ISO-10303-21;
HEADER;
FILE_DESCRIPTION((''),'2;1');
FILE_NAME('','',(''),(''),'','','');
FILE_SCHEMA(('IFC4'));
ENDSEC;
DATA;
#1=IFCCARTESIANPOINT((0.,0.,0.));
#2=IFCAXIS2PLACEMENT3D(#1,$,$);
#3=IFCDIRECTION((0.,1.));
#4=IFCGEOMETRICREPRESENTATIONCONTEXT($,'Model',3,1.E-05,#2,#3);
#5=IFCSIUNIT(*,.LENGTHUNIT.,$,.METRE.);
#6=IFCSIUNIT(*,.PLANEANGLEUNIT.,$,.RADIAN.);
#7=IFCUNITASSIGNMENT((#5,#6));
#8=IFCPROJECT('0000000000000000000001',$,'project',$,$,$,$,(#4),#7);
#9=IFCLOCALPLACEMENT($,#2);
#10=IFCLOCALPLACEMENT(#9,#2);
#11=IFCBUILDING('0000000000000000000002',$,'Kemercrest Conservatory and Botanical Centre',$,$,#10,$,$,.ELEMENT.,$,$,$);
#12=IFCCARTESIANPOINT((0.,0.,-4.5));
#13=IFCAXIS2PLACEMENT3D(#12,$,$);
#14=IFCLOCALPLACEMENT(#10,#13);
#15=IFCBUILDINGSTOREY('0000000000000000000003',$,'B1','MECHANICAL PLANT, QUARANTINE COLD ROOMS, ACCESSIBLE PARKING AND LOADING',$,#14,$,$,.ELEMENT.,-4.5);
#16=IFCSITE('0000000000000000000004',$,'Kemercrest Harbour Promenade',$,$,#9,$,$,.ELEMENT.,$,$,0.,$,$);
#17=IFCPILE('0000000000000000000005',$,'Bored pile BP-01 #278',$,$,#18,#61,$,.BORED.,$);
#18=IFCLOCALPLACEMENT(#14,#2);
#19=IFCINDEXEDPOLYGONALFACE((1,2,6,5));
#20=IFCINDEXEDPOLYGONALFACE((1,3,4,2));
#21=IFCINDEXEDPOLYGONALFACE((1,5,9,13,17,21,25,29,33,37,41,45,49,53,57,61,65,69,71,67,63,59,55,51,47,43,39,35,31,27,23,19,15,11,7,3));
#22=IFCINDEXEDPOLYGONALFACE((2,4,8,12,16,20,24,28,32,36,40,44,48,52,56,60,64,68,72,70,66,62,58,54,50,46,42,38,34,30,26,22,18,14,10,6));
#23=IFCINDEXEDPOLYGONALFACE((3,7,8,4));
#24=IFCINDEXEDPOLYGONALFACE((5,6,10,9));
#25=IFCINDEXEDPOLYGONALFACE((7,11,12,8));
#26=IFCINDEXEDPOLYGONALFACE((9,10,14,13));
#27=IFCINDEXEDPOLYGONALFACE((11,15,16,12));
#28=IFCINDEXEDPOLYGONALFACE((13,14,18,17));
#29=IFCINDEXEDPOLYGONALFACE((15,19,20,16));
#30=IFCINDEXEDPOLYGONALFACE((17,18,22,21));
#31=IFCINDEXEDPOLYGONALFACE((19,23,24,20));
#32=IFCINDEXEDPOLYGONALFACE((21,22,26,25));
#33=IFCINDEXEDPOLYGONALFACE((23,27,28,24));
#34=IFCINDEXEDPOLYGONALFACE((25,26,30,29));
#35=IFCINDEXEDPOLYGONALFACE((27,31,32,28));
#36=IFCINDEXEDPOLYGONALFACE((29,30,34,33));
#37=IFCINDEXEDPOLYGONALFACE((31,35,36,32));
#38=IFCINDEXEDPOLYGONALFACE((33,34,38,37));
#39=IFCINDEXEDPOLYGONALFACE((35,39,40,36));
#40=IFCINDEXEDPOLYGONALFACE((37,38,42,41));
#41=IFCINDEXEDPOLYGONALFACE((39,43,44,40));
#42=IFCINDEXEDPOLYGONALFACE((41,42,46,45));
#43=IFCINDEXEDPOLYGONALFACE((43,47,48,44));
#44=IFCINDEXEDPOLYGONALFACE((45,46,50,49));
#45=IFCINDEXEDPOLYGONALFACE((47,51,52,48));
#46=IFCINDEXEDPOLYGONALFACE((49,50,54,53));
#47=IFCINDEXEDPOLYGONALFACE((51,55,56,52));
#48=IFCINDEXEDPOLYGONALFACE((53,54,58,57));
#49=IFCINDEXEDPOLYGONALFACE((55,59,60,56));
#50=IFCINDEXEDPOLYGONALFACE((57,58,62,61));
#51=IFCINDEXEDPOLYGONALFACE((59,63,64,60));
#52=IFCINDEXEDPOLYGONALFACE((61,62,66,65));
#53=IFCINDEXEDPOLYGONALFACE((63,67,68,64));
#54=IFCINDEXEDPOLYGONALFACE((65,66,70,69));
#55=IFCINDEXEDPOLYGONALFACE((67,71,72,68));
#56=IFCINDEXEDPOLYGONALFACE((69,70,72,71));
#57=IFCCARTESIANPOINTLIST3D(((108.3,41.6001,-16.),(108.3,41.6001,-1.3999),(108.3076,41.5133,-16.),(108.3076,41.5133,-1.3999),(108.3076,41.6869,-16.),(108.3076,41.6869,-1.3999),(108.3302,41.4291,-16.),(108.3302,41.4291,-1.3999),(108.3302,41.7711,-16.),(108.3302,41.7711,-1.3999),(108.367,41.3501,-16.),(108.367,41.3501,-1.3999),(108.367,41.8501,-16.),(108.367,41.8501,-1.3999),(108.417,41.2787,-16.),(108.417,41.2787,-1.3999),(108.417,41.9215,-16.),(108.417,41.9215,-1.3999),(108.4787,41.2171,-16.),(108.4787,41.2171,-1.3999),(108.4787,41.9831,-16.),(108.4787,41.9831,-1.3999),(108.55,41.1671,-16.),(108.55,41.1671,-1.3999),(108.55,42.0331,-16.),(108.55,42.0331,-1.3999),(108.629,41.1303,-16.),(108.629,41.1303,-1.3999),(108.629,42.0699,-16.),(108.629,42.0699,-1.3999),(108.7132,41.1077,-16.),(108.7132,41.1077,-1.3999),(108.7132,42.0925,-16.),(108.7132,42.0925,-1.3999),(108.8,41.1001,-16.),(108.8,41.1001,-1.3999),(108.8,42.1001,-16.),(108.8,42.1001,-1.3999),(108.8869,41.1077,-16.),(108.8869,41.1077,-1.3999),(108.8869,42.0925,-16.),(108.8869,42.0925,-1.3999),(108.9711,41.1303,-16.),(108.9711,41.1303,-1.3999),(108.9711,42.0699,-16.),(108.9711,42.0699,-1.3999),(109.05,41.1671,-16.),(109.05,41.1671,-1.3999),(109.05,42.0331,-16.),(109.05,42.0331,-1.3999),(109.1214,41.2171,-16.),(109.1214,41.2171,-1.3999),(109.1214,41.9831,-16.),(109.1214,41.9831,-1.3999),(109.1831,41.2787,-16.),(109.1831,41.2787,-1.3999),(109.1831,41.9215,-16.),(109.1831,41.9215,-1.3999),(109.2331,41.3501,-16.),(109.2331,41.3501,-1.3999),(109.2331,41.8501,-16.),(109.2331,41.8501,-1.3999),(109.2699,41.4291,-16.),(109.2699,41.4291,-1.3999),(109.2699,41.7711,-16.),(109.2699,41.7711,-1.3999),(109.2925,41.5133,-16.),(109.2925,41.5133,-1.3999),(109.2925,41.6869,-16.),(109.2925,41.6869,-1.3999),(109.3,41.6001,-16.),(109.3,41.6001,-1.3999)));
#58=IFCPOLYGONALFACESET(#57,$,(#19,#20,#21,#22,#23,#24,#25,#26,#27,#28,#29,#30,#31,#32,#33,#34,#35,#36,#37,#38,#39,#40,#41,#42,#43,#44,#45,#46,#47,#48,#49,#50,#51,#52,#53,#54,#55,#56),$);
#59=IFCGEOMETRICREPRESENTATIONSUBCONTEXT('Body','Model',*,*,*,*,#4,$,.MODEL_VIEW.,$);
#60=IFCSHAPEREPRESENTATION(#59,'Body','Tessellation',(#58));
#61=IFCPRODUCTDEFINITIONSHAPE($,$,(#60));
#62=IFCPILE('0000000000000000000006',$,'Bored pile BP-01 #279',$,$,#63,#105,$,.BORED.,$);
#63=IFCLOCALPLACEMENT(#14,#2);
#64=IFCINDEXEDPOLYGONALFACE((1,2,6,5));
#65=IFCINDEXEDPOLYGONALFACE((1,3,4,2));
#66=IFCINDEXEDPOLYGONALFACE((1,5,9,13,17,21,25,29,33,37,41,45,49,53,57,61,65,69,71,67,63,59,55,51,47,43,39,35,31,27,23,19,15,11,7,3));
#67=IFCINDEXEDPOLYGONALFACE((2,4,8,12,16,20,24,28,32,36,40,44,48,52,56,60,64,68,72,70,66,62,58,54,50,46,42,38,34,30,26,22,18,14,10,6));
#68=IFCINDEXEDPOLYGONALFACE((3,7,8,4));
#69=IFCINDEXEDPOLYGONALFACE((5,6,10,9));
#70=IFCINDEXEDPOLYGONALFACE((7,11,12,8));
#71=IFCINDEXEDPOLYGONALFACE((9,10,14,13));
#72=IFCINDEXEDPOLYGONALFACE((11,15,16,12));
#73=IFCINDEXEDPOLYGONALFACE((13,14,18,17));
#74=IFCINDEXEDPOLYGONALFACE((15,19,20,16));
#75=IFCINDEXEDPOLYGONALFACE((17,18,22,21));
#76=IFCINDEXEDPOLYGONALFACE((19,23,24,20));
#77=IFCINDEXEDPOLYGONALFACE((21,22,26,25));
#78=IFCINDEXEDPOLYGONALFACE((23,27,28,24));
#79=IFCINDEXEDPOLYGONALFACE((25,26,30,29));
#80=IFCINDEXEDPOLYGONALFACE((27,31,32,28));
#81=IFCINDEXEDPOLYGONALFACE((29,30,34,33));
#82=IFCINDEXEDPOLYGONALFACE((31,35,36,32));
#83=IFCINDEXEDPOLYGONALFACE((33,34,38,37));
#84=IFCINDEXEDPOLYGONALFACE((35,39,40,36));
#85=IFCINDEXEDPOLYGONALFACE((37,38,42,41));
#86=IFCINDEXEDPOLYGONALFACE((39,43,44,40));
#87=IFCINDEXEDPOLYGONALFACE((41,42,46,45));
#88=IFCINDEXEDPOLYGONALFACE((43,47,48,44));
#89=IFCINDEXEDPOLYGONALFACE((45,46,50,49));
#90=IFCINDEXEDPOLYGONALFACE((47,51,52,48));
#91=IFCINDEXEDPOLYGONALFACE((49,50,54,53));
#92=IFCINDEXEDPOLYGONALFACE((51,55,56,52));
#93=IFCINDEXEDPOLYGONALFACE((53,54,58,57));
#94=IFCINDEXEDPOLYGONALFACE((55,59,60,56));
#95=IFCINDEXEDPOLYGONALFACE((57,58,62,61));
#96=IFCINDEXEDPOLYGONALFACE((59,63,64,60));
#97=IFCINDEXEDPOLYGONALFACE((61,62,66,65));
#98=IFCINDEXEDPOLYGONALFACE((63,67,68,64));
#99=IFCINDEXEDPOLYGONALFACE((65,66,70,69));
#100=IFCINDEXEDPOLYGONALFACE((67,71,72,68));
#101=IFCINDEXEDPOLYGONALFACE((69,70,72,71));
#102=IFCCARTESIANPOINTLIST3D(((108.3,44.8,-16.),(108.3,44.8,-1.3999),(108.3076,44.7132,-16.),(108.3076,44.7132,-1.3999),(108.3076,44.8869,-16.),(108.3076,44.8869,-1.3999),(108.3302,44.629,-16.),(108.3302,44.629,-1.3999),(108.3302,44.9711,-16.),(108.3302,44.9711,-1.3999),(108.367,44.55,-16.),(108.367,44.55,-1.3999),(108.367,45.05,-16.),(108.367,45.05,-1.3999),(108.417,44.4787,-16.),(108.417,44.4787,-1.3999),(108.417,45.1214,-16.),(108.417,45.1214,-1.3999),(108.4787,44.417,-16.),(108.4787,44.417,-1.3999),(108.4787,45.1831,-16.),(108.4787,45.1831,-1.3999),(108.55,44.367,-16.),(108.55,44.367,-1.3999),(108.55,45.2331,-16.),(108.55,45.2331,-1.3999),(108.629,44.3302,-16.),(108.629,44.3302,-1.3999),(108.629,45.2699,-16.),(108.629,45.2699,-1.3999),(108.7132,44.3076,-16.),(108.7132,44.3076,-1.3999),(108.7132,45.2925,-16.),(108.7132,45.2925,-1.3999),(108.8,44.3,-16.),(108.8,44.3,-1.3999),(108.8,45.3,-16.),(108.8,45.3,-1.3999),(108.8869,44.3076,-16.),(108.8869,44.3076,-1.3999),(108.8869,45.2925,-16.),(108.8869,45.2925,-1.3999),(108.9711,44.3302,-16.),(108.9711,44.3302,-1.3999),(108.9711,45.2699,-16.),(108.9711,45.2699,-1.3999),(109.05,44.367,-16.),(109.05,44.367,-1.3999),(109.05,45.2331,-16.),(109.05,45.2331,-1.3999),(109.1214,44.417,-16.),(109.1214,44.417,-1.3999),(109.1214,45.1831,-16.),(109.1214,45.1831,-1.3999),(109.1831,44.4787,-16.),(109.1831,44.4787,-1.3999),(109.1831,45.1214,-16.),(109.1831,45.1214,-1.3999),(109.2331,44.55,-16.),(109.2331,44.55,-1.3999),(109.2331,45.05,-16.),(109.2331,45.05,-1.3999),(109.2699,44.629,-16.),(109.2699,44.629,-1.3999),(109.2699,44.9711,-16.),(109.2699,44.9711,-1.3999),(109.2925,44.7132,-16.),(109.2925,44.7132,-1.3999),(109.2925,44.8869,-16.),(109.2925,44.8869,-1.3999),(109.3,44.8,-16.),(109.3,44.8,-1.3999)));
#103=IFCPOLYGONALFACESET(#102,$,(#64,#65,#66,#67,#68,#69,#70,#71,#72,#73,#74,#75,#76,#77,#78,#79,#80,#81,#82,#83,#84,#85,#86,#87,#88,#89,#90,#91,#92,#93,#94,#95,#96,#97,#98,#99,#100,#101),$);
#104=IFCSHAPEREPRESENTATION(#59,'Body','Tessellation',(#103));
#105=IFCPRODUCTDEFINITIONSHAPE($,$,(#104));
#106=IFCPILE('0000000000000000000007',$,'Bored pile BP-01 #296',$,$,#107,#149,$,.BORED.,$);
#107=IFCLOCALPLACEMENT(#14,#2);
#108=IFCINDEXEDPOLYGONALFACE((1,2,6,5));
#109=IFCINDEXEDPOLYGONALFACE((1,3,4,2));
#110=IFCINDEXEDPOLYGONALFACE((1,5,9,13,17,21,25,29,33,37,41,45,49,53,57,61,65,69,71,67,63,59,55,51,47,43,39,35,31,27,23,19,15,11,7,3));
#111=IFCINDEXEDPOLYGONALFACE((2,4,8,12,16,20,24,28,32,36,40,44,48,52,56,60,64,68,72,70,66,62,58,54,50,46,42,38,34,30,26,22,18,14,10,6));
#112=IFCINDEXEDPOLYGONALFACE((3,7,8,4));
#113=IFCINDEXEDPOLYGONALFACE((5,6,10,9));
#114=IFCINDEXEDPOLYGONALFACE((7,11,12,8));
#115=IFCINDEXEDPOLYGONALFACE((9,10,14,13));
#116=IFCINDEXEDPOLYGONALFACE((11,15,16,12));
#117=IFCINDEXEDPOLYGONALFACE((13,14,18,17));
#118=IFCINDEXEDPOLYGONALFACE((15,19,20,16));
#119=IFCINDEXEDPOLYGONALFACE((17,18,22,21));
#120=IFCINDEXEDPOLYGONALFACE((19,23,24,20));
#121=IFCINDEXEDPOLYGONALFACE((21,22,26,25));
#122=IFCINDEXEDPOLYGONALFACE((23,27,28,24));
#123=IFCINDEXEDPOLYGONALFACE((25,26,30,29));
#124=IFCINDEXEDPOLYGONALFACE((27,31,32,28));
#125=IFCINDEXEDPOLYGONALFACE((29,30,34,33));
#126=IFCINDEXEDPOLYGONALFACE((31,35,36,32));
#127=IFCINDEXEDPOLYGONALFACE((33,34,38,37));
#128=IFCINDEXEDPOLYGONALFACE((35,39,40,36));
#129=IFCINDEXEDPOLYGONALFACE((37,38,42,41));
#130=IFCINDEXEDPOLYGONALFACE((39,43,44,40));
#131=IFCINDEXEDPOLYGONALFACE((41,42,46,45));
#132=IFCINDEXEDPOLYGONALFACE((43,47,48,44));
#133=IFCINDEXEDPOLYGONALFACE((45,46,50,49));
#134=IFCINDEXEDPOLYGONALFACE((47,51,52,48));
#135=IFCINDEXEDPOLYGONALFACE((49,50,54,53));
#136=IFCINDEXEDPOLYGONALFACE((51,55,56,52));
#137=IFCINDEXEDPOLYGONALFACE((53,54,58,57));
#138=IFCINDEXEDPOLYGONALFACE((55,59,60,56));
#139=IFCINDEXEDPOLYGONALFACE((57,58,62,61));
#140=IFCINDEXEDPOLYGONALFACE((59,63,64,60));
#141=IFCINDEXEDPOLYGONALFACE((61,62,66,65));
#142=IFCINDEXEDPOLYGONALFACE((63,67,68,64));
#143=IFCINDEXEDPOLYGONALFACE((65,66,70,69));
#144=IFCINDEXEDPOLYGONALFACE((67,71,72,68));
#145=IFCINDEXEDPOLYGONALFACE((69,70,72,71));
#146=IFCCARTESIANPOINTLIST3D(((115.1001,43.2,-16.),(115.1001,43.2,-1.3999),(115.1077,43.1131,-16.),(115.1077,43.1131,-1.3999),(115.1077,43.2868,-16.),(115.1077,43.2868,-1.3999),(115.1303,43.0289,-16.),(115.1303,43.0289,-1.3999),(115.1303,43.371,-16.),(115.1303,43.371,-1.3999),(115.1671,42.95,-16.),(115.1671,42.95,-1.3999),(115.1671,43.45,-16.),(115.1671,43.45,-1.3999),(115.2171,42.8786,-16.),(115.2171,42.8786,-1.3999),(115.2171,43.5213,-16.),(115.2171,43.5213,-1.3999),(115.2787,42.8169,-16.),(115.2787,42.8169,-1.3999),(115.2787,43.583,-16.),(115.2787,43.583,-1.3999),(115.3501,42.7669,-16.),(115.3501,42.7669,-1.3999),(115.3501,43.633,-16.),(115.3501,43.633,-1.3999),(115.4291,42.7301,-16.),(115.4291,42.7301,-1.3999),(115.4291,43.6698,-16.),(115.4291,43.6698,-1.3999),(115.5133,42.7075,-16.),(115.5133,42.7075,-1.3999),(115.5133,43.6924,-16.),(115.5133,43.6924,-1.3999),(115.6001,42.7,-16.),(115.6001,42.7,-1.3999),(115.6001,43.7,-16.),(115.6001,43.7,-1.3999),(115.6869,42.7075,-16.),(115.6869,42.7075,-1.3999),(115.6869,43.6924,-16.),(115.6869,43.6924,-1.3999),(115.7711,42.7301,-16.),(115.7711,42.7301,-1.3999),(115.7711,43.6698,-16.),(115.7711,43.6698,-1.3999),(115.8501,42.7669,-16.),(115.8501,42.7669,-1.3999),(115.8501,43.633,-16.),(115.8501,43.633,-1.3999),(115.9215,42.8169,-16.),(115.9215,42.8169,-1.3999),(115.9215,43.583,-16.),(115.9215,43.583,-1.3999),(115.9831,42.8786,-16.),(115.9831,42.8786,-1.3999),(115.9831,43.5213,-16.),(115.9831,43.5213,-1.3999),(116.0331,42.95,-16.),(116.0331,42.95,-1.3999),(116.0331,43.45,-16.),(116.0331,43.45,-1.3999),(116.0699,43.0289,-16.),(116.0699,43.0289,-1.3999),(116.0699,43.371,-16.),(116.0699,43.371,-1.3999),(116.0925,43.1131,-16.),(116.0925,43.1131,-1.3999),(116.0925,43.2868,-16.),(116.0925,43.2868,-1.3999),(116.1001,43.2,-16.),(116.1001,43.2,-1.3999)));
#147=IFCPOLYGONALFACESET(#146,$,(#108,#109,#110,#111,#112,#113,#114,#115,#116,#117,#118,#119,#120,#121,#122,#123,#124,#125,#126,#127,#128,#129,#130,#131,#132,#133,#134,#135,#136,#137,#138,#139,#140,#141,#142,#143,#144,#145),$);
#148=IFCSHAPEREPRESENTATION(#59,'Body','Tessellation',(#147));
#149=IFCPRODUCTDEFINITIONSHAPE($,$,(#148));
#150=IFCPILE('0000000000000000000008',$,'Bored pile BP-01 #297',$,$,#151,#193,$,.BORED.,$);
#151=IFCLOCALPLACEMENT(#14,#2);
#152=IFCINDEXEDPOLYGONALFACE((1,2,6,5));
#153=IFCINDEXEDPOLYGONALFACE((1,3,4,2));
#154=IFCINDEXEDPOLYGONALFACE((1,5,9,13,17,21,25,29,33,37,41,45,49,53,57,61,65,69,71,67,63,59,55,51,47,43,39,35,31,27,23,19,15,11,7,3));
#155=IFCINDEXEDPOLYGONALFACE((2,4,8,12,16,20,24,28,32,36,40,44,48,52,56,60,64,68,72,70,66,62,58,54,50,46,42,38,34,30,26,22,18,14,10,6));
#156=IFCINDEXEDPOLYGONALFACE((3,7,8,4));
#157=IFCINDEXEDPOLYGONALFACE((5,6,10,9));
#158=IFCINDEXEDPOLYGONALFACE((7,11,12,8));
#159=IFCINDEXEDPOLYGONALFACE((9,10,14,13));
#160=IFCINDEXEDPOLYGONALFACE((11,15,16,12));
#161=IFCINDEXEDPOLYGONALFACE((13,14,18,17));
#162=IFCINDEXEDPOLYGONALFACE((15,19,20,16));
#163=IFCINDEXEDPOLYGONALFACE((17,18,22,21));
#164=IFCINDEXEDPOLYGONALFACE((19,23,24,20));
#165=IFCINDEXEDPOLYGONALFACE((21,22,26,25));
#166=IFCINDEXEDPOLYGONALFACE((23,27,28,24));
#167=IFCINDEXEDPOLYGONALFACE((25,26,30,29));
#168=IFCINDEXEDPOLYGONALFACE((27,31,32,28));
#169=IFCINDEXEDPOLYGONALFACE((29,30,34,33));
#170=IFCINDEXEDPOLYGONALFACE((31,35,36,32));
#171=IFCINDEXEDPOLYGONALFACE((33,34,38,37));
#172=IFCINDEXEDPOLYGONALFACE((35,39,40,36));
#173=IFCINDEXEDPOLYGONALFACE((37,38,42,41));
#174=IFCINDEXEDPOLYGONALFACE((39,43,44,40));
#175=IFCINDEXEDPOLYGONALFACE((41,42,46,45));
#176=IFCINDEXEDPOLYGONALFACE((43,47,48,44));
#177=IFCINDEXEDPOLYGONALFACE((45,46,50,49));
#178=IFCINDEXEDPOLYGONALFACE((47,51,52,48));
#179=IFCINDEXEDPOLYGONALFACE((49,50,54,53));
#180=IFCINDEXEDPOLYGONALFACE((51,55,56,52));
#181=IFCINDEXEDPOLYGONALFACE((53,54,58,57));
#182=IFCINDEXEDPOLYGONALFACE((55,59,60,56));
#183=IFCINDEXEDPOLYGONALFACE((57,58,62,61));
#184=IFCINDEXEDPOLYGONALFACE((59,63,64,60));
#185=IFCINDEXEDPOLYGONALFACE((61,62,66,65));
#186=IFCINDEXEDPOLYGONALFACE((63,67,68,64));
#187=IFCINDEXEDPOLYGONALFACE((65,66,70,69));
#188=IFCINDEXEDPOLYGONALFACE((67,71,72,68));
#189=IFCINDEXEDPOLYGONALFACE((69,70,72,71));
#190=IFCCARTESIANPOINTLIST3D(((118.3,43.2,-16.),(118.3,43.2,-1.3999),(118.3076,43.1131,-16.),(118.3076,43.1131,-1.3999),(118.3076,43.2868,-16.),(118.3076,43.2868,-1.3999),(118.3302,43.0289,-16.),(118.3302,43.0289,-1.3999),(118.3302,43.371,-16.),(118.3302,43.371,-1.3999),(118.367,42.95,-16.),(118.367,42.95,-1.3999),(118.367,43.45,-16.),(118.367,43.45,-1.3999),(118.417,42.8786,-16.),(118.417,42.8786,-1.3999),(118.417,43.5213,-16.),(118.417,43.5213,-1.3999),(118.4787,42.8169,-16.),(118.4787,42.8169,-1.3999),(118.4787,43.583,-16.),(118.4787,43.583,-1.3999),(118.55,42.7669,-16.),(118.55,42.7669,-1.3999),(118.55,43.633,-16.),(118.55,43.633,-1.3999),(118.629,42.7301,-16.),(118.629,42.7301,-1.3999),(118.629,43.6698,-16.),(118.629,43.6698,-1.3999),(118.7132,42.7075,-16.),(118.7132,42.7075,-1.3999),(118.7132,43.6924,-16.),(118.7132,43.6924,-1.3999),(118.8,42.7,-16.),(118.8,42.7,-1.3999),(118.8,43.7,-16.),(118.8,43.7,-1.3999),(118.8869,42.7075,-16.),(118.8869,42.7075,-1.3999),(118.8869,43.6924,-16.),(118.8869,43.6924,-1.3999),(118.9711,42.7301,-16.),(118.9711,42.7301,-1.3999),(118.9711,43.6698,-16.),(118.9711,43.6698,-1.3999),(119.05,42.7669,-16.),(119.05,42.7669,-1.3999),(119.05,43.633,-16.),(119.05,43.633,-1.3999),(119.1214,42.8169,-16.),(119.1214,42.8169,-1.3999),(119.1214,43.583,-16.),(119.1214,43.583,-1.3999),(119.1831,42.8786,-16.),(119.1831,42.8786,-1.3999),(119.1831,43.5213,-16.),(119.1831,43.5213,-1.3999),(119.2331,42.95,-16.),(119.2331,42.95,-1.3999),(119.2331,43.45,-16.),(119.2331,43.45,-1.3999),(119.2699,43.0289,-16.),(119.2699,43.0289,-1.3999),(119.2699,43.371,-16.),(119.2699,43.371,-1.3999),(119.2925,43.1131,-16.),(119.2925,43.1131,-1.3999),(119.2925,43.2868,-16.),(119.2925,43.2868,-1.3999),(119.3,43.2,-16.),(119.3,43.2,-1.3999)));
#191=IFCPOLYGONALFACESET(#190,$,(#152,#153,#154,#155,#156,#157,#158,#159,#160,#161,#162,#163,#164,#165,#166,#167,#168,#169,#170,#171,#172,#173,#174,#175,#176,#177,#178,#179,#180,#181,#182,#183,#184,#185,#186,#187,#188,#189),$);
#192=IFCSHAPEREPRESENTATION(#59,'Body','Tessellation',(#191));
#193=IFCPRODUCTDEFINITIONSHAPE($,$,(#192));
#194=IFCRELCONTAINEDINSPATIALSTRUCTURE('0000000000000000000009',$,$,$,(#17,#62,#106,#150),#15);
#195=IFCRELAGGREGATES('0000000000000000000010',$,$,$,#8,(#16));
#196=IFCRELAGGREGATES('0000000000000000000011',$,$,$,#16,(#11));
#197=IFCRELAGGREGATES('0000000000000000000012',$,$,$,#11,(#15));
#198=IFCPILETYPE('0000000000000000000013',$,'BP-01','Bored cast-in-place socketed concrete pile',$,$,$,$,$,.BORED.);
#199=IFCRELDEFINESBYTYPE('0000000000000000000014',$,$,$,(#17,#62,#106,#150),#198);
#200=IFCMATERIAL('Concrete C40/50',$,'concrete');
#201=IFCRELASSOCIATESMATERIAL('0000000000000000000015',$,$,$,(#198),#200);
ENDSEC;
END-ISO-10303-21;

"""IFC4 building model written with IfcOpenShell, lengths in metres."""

from ifc_helpers import new_model, si_unit, direction, frame, origin, origin_2d, place, context, subcontext, project, spatial, circle, extrude, material, material_profile, profile_set, type_object, element, save


model = new_model("IFC4")

# Units and contexts
model_context = context("Model", 3, precision=1e-05, world=origin(), true_north=direction((0.0, 1.0)))
body_context = subcontext(model_context, "Body", "Model", "MODEL_VIEW")
ifc_project = project(units=[si_unit("LENGTHUNIT", "METRE"), si_unit("PLANEANGLEUNIT", "RADIAN")], contexts=[model_context])

# Site, building, storey
site_placement = place(None, origin())
site = spatial("IfcSite", under=ifc_project, at=site_placement, Name="Kemercrest Harbour Promenade", CompositionType="ELEMENT", RefElevation=0.0)
building_placement = place(site_placement, origin())
building = spatial("IfcBuilding", under=site, at=building_placement, Name="Kemercrest Conservatory and Botanical Centre", CompositionType="ELEMENT")
storey_placement = place(building_placement, frame((0.0, 0.0, -4.5)))
storey = spatial("IfcBuildingStorey", under=building, at=storey_placement, Name="B1", Description="MECHANICAL PLANT, QUARANTINE COLD ROOMS, ACCESSIBLE PARKING AND LOADING", CompositionType="ELEMENT", Elevation=-4.5)

# Piles
ifc_material_1 = material(Name="Concrete C40/50", Category="concrete")
ifc_material_profile_1 = material_profile(ifc_material_1, circle(Radius=0.5, at=origin_2d()), Name="BORED PILE 1000")
ifc_profile_set_1 = profile_set([ifc_material_profile_1], Name="Concrete C40/50")
pile_type_1 = type_object("IfcPileType", Name="BP-01", Description="Bored cast-in-place socketed concrete pile", PredefinedType="BORED", material=ifc_profile_set_1)
for number, where, z_axis, x_axis, name in (
    (1, (108.8, 41.6001, -1.3999), (0.0, 0.0, -1.0), (1.0, 0.0, 0.0), "Bored pile BP-01 #278"),
    (2, (108.8, 44.8, -1.3999), (0.0, 0.0, -1.0), (1.0, 0.0, 0.0), "Bored pile BP-01 #279"),
    (3, (115.6001, 43.2, -1.3999), (0.0, 0.0, -1.0), (1.0, 0.0, 0.0), "Bored pile BP-01 #296"),
    (4, (118.8, 43.2, -1.3999), (0.0, 0.0, -1.0), (1.0, 0.0, 0.0), "Bored pile BP-01 #297"),
):
    element("IfcPile", number, at=place(storey_placement, frame(where, z_axis=z_axis, x_axis=x_axis)), inside=storey, type_object=pile_type_1, Name=name, PredefinedType="BORED", context=body_context, shape_type="SweptSolid", body=[
        extrude(circle(Radius=0.5, at=origin_2d()), origin(), (0.0, 0.0, 1.0), 14.6001),
    ])

save(model, "model.ifc")
